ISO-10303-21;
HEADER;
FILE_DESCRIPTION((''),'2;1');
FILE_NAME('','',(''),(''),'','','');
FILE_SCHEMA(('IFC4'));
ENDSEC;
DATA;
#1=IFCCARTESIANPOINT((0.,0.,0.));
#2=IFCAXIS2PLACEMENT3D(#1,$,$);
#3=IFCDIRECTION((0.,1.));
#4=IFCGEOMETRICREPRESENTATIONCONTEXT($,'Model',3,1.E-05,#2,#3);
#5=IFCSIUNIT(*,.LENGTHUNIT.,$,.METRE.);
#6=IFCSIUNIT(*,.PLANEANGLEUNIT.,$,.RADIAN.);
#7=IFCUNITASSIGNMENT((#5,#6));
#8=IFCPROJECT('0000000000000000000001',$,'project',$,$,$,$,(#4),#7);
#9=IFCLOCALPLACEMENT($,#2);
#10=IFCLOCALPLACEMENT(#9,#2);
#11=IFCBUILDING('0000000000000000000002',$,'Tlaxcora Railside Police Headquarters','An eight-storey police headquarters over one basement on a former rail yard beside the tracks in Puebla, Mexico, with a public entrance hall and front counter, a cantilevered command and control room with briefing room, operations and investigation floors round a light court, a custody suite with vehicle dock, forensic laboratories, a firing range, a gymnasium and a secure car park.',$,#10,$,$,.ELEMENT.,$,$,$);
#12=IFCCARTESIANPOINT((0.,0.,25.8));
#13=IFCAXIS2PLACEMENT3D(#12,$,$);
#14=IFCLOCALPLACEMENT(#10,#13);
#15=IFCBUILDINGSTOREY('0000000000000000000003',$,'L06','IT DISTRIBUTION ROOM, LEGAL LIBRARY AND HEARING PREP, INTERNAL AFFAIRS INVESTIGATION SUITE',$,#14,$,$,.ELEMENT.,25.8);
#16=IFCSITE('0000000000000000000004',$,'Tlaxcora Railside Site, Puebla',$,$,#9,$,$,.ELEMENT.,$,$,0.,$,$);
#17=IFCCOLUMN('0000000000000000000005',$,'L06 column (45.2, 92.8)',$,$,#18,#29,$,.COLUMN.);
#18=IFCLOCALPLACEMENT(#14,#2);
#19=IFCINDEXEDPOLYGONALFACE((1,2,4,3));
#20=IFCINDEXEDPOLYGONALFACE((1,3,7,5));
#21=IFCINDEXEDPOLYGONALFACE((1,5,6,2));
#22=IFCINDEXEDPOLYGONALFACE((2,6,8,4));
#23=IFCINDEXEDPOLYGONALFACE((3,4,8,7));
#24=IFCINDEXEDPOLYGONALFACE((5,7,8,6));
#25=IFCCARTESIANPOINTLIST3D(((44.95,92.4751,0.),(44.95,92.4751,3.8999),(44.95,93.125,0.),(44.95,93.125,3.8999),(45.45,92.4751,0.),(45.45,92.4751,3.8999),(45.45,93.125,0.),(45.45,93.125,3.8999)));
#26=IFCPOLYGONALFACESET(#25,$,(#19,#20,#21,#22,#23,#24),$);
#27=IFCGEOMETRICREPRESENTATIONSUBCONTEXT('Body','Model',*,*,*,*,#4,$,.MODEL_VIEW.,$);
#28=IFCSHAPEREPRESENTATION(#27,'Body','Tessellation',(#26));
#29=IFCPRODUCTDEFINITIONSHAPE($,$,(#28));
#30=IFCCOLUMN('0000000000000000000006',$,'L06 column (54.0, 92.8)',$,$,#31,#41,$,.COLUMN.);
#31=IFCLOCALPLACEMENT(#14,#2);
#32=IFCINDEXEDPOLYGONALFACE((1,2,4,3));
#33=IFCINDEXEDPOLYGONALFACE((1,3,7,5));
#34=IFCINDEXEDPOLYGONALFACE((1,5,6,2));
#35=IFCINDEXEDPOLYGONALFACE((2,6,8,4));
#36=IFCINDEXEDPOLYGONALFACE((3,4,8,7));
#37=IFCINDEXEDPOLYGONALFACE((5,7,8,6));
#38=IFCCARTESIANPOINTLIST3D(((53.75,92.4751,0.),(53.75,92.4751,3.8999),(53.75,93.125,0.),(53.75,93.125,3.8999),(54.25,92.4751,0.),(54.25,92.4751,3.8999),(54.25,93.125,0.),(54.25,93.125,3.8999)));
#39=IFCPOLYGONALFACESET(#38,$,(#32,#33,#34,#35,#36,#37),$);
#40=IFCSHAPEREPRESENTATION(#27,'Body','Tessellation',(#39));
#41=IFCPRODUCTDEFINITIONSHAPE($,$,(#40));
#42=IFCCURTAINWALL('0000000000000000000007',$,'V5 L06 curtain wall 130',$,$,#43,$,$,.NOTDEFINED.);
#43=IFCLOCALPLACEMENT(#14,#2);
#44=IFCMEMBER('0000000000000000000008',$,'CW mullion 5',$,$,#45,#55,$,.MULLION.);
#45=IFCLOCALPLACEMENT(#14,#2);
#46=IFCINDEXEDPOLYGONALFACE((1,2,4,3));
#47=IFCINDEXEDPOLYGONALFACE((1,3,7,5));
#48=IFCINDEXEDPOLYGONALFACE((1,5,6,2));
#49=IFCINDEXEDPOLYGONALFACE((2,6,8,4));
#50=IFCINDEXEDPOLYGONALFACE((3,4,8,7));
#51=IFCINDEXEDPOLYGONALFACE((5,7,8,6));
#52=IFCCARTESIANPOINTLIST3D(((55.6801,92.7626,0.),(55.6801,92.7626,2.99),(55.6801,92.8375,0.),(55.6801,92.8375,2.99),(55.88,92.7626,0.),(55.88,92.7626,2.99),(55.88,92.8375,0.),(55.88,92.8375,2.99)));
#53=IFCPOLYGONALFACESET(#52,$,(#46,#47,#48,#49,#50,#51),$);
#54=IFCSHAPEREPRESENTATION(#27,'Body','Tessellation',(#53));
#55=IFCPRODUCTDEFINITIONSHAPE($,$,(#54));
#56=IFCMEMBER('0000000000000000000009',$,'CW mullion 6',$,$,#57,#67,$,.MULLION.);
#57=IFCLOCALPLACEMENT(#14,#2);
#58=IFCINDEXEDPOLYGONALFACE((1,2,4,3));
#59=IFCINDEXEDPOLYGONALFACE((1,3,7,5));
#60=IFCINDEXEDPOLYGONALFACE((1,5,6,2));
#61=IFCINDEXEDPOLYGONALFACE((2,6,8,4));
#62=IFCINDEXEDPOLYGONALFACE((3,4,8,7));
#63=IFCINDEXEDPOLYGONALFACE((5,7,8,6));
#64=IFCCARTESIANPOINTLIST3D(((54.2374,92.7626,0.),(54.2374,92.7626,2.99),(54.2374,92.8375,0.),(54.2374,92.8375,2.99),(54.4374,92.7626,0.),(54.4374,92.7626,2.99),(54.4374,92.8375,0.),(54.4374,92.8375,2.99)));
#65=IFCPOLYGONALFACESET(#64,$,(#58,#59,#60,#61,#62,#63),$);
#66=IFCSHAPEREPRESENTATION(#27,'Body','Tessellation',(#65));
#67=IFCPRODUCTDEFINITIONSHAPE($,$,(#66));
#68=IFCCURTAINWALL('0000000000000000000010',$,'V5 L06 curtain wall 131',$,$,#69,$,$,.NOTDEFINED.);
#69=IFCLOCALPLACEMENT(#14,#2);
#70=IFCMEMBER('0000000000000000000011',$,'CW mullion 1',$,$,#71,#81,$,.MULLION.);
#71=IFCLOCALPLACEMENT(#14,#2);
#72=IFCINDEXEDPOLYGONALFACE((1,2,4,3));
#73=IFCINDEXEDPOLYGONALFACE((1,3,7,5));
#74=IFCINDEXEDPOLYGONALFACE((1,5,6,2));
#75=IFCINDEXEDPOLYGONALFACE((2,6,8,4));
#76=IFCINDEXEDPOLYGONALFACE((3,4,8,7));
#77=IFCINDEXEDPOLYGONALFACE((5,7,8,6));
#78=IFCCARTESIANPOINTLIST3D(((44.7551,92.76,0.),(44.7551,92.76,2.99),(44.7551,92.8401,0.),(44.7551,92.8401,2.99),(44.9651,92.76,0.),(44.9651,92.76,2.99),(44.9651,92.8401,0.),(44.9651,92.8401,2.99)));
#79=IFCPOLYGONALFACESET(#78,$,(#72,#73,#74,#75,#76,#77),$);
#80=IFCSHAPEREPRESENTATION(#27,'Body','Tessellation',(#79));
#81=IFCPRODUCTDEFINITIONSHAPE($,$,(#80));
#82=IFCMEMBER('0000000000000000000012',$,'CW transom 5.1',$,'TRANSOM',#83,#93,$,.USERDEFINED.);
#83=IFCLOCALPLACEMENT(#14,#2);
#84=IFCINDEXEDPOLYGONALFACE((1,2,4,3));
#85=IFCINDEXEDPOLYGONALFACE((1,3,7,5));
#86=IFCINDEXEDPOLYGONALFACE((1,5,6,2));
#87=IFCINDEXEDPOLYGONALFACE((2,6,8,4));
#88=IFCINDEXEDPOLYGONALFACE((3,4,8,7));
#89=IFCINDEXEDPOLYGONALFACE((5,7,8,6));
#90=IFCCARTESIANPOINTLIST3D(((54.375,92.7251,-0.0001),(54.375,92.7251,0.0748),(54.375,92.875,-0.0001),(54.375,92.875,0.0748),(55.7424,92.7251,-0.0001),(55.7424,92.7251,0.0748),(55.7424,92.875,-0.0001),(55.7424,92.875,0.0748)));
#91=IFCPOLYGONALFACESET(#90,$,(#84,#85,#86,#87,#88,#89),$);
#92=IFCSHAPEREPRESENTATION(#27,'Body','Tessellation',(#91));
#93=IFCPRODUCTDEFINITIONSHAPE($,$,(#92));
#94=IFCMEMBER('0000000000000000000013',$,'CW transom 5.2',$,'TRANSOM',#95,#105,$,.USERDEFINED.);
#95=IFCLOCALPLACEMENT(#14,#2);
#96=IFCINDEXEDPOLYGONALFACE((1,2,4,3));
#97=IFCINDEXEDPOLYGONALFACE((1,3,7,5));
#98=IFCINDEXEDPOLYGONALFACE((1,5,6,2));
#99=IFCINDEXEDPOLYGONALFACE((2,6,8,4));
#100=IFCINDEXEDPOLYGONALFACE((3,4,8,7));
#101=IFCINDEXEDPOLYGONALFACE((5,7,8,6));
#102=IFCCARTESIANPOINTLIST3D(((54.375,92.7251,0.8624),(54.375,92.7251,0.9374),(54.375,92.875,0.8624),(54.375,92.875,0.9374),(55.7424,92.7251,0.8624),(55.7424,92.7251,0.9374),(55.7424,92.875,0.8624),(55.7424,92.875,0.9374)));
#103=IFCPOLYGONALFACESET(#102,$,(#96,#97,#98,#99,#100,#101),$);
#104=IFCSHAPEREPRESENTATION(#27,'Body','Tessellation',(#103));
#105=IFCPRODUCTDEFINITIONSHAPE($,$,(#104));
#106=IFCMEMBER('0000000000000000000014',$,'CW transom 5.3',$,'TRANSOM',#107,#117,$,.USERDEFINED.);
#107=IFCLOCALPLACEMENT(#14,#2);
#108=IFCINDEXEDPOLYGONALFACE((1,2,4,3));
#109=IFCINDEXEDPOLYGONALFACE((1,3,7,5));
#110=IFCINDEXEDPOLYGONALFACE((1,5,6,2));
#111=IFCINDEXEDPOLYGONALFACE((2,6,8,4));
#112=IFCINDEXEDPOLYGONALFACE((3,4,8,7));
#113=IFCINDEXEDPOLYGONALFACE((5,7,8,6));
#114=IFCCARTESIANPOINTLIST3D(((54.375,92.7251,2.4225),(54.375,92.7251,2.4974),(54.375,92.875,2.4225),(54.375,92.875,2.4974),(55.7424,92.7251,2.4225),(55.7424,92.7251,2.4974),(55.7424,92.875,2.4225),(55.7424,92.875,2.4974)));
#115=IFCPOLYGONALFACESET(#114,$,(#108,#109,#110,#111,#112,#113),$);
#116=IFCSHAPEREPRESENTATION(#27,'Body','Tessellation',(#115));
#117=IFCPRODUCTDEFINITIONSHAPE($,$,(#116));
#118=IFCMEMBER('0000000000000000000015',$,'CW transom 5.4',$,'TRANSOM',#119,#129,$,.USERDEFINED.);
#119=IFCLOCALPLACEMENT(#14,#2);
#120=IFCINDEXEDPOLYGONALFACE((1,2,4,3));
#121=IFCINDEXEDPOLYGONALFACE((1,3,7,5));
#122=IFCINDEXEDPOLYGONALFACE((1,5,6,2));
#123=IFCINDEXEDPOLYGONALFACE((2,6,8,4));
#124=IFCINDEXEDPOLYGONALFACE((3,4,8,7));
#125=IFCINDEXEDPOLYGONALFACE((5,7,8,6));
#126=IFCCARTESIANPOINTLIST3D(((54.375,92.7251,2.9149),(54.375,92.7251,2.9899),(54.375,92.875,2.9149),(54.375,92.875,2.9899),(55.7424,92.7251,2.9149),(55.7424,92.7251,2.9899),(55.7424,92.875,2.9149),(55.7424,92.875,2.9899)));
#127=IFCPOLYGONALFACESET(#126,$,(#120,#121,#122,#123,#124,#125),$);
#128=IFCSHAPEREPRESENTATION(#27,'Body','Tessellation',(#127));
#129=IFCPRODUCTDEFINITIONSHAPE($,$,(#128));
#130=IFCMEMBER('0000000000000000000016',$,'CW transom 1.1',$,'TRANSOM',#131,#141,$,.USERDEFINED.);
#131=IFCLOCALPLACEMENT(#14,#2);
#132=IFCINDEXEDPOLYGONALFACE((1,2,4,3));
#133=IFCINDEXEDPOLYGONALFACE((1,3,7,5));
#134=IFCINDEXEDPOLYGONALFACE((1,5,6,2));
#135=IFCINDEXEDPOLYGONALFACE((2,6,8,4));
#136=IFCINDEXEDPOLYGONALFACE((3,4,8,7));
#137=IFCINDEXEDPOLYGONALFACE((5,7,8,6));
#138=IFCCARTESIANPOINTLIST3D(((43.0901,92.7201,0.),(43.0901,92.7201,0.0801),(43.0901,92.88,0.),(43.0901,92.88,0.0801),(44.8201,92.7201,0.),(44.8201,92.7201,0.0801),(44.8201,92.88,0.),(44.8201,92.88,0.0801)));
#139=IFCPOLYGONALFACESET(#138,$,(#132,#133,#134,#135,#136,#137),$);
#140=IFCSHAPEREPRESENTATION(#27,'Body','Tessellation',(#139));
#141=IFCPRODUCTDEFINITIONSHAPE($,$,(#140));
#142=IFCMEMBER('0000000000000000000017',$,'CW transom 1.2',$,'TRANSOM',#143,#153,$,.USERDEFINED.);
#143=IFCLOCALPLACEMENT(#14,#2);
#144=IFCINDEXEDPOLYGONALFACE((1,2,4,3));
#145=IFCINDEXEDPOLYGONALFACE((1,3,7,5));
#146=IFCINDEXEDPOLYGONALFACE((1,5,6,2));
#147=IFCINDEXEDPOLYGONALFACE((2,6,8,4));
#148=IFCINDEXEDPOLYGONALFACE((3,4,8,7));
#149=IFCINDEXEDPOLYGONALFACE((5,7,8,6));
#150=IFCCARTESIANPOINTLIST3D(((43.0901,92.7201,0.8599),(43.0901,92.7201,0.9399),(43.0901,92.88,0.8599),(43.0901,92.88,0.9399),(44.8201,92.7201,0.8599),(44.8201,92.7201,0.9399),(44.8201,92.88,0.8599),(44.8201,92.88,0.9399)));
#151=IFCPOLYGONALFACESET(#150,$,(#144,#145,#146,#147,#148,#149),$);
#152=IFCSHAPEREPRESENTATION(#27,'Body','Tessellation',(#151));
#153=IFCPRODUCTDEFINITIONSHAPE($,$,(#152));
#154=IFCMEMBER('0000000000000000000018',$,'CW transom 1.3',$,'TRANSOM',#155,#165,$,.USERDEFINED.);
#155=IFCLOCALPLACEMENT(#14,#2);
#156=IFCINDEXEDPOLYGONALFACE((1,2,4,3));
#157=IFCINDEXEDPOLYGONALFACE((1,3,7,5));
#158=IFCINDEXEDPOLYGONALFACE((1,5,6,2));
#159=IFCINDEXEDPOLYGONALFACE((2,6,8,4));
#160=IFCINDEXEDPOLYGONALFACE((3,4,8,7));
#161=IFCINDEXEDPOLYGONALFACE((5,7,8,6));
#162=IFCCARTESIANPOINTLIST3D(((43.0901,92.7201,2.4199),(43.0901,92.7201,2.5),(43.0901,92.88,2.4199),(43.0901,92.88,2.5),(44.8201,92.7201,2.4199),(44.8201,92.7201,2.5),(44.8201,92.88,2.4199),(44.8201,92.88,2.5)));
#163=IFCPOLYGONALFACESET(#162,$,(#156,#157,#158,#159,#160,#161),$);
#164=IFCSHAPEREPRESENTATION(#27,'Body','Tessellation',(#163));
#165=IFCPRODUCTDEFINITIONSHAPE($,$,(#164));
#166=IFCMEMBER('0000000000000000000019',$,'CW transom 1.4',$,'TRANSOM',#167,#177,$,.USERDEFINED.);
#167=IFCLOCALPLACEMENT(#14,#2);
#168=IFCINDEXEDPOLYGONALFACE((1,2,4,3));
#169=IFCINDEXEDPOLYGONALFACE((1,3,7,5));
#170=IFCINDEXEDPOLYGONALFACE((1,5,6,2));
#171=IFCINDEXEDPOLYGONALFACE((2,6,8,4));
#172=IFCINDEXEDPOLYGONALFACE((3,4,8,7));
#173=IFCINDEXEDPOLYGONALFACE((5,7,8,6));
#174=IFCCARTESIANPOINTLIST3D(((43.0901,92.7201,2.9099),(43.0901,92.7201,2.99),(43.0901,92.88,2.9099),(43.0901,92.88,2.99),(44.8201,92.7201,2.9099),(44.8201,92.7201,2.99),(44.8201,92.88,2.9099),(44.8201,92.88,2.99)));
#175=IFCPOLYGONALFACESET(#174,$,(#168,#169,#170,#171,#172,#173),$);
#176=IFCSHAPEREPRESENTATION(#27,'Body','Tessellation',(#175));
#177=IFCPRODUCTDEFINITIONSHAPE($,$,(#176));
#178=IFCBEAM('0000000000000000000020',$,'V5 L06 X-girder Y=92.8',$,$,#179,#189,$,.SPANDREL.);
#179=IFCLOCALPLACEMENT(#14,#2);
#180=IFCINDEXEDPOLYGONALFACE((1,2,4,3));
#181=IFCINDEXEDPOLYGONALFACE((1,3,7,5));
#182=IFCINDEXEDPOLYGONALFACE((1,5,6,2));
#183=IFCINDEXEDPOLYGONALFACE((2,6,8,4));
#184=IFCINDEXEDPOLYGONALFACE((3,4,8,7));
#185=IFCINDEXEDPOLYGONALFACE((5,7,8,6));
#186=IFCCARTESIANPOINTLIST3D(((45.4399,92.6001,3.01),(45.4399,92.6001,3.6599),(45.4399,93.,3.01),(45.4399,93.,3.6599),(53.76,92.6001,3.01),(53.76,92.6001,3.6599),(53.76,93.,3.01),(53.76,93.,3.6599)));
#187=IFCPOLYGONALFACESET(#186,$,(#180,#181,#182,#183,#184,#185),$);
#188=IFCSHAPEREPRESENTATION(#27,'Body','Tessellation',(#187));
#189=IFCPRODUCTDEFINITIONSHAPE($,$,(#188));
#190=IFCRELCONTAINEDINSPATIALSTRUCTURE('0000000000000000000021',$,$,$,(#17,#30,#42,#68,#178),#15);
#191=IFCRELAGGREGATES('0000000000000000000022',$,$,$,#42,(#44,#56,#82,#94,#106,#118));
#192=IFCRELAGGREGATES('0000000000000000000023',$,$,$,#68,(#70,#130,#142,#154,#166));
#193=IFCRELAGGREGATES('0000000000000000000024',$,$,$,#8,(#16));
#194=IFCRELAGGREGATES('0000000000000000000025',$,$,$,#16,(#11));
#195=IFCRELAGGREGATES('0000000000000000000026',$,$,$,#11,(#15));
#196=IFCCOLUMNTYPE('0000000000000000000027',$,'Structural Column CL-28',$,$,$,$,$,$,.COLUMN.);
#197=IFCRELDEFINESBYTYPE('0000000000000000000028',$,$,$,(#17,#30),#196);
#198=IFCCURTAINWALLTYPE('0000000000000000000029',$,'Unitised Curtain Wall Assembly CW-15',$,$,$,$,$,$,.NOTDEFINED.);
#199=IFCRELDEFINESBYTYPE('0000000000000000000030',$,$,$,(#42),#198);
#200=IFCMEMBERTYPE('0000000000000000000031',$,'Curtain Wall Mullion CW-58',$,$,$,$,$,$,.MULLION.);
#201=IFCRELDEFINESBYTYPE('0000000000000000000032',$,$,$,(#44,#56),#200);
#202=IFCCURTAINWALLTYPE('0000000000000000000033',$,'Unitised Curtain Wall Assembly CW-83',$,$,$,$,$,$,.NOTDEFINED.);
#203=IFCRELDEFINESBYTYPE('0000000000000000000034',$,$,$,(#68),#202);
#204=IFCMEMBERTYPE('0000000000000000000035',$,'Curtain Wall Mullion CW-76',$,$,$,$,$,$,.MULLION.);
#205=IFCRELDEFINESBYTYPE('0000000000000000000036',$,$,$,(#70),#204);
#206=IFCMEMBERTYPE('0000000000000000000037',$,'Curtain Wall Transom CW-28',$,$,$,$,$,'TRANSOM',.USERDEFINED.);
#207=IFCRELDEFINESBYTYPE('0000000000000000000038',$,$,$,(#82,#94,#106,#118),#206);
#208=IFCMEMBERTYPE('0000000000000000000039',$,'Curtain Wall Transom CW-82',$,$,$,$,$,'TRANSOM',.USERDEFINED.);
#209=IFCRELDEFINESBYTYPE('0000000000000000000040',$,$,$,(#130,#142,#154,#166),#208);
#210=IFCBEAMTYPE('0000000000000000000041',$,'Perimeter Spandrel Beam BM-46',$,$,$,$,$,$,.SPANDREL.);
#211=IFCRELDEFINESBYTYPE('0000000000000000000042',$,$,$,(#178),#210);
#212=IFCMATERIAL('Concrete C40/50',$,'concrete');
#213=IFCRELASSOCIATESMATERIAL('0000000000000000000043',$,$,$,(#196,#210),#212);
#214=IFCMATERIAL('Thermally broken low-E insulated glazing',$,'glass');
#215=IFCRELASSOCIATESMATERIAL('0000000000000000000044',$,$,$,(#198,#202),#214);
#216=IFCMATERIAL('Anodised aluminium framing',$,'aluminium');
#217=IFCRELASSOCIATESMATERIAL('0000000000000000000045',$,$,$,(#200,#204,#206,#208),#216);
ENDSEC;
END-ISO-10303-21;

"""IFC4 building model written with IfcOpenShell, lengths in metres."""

from ifc_helpers import new_model, si_unit, direction, frame, origin, origin_2d, place, context, subcontext, project, spatial, rectangle, extrude, material, material_profile, profile_set, type_object, element, aggregate, save


model = new_model("IFC4")

# Units and contexts
model_context = context("Model", 3, precision=1e-05, world=origin(), true_north=direction((0.0, 1.0)))
body_context = subcontext(model_context, "Body", "Model", "MODEL_VIEW")
ifc_project = project(units=[si_unit("LENGTHUNIT", "METRE"), si_unit("PLANEANGLEUNIT", "RADIAN")], contexts=[model_context])

# Site, building, storey
site_placement = place(None, origin())
site = spatial("IfcSite", under=ifc_project, at=site_placement, Name="Tlaxcora Railside Site, Puebla", CompositionType="ELEMENT", RefElevation=0.0)
building_placement = place(site_placement, origin())
building = spatial("IfcBuilding", under=site, at=building_placement, Name="Tlaxcora Railside Police Headquarters", Description="An eight-storey police headquarters over one basement on a former rail yard beside the tracks in Puebla, Mexico, with a public entrance hall and front counter, a cantilevered command and control room with briefing room, operations and investigation floors round a light court, a custody suite with vehicle dock, forensic laboratories, a firing range, a gymnasium and a secure car park.", CompositionType="ELEMENT")
storey_placement = place(building_placement, frame((0.0, 0.0, 25.8)))
storey = spatial("IfcBuildingStorey", under=building, at=storey_placement, Name="L06", Description="IT DISTRIBUTION ROOM, LEGAL LIBRARY AND HEARING PREP, INTERNAL AFFAIRS INVESTIGATION SUITE", CompositionType="ELEMENT", Elevation=25.8)

# Columns
ifc_material_1 = material(Name="Concrete C40/50", Category="concrete")
ifc_material_profile_1 = material_profile(ifc_material_1, rectangle(XDim=0.5, YDim=0.6499, at=origin_2d()), Name="RC500X650")
ifc_profile_set_1 = profile_set([ifc_material_profile_1], Name="Concrete C40/50")
column_type = type_object("IfcColumnType", Name="Structural Column CL-28", PredefinedType="COLUMN", material=ifc_profile_set_1)
for number, where, z_axis, x_axis, name in (
    (1, (45.2, 92.8, 0.0), (0.0, 0.0, 1.0), (1.0, 0.0, 0.0), "L06 column (45.2, 92.8)"),
    (2, (54.0, 92.8, 0.0), (0.0, 0.0, 1.0), (1.0, 0.0, 0.0), "L06 column (54.0, 92.8)"),
):
    element("IfcColumn", number, at=place(storey_placement, frame(where, z_axis=z_axis, x_axis=x_axis)), inside=storey, type_object=column_type, Name=name, PredefinedType="COLUMN", context=body_context, shape_type="SweptSolid", body=[
        extrude(rectangle(XDim=0.5, YDim=0.6499, at=origin_2d()), origin(), (0.0, 0.0, 1.0), 3.8999),
    ])

# Curtain wall, members
ifc_material_2 = material(Name="Thermally broken low-E insulated glazing", Category="glass")
curtain_wall_type_1 = type_object("IfcCurtainWallType", Name="Unitised Curtain Wall Assembly CW-15", PredefinedType="NOTDEFINED", material=ifc_material_2)
curtain_wall_1_placement = place(storey_placement, origin())
curtain_wall_1 = element("IfcCurtainWall", 3, at=curtain_wall_1_placement, inside=storey, type_object=curtain_wall_type_1, Name="V5 L06 curtain wall 130", PredefinedType="NOTDEFINED")
ifc_material_3 = material(Name="Anodised aluminium framing", Category="aluminium")
ifc_material_profile_2 = material_profile(ifc_material_3, rectangle(XDim=0.075, YDim=0.2, at=origin_2d()), Name="AL75X200")
ifc_profile_set_2 = profile_set([ifc_material_profile_2], Name="Anodised aluminium framing")
member_type_1 = type_object("IfcMemberType", Name="Curtain Wall Mullion CW-58", PredefinedType="MULLION", material=ifc_profile_set_2)
member_1_placement = place(storey_placement, frame((55.78, 92.8, 0.0), z_axis=(0.0, 0.0, 1.0), x_axis=(0.0, -1.0, 0.0)))
member_1 = element("IfcMember", 4, at=member_1_placement, type_object=member_type_1, Name="CW mullion 5", PredefinedType="MULLION", context=body_context, shape_type="SweptSolid", body=[
    extrude(rectangle(XDim=0.075, YDim=0.2, at=origin_2d()), origin(), (0.0, 0.0, 1.0), 2.99),
])
member_2_placement = place(storey_placement, frame((54.3374, 92.8, 0.0), z_axis=(0.0, 0.0, 1.0), x_axis=(0.0, -1.0, 0.0)))
member_2 = element("IfcMember", 5, at=member_2_placement, type_object=member_type_1, Name="CW mullion 6", PredefinedType="MULLION", context=body_context, shape_type="SweptSolid", body=[
    extrude(rectangle(XDim=0.075, YDim=0.2, at=origin_2d()), origin(), (0.0, 0.0, 1.0), 2.99),
])

# Curtain wall, member
curtain_wall_type_2 = type_object("IfcCurtainWallType", Name="Unitised Curtain Wall Assembly CW-83", PredefinedType="NOTDEFINED", material=ifc_material_2)
curtain_wall_2_placement = place(storey_placement, origin())
curtain_wall_2 = element("IfcCurtainWall", 6, at=curtain_wall_2_placement, inside=storey, type_object=curtain_wall_type_2, Name="V5 L06 curtain wall 131", PredefinedType="NOTDEFINED")
ifc_material_profile_3 = material_profile(ifc_material_3, rectangle(XDim=0.0801, YDim=0.21, at=origin_2d()), Name="AL80X210")
ifc_profile_set_3 = profile_set([ifc_material_profile_3], Name="Anodised aluminium framing")
member_type_2 = type_object("IfcMemberType", Name="Curtain Wall Mullion CW-76", PredefinedType="MULLION", material=ifc_profile_set_3)
member_3_placement = place(storey_placement, frame((44.8601, 92.8, 0.0), z_axis=(0.0, 0.0, 1.0), x_axis=(0.0, -1.0, 0.0)))
member_3 = element("IfcMember", 7, at=member_3_placement, type_object=member_type_2, Name="CW mullion 1", PredefinedType="MULLION", context=body_context, shape_type="SweptSolid", body=[
    extrude(rectangle(XDim=0.0801, YDim=0.21, at=origin_2d()), origin(), (0.0, 0.0, 1.0), 2.99),
])

# Members
ifc_material_profile_4 = material_profile(ifc_material_3, rectangle(XDim=0.1499, YDim=0.075, at=origin_2d()), Name="AL75X150")
ifc_profile_set_4 = profile_set([ifc_material_profile_4], Name="Anodised aluminium framing")
member_type_3 = type_object("IfcMemberType", Name="Curtain Wall Transom CW-28", ElementType="TRANSOM", PredefinedType="USERDEFINED", material=ifc_profile_set_4)
member_4_placement = place(storey_placement, frame((55.7424, 92.8, 0.0374), z_axis=(-1.0, 0.0, 0.0), x_axis=(0.0, -1.0, 0.0)))
member_4 = element("IfcMember", 8, at=member_4_placement, type_object=member_type_3, Name="CW transom 5.1", ObjectType="TRANSOM", PredefinedType="USERDEFINED", context=body_context, shape_type="SweptSolid", body=[
    extrude(rectangle(XDim=0.1499, YDim=0.075, at=origin_2d()), origin(), (0.0, 0.0, 1.0), 1.3674),
])
member_5_placement = place(storey_placement, frame((55.7424, 92.8, 0.8999), z_axis=(-1.0, 0.0, 0.0), x_axis=(0.0, -1.0, 0.0)))
member_5 = element("IfcMember", 9, at=member_5_placement, type_object=member_type_3, Name="CW transom 5.2", ObjectType="TRANSOM", PredefinedType="USERDEFINED", context=body_context, shape_type="SweptSolid", body=[
    extrude(rectangle(XDim=0.1499, YDim=0.075, at=origin_2d()), origin(), (0.0, 0.0, 1.0), 1.3674),
])
member_6_placement = place(storey_placement, frame((55.7424, 92.8, 2.46), z_axis=(-1.0, 0.0, 0.0), x_axis=(0.0, -1.0, 0.0)))
member_6 = element("IfcMember", 10, at=member_6_placement, type_object=member_type_3, Name="CW transom 5.3", ObjectType="TRANSOM", PredefinedType="USERDEFINED", context=body_context, shape_type="SweptSolid", body=[
    extrude(rectangle(XDim=0.1499, YDim=0.075, at=origin_2d()), origin(), (0.0, 0.0, 1.0), 1.3674),
])
member_7_placement = place(storey_placement, frame((55.7424, 92.8, 2.9524), z_axis=(-1.0, 0.0, 0.0), x_axis=(0.0, -1.0, 0.0)))
member_7 = element("IfcMember", 11, at=member_7_placement, type_object=member_type_3, Name="CW transom 5.4", ObjectType="TRANSOM", PredefinedType="USERDEFINED", context=body_context, shape_type="SweptSolid", body=[
    extrude(rectangle(XDim=0.1499, YDim=0.075, at=origin_2d()), origin(), (0.0, 0.0, 1.0), 1.3674),
])
ifc_material_profile_5 = material_profile(ifc_material_3, rectangle(XDim=0.1599, YDim=0.0801, at=origin_2d()), Name="AL80X160")
ifc_profile_set_5 = profile_set([ifc_material_profile_5], Name="Anodised aluminium framing")
member_type_4 = type_object("IfcMemberType", Name="Curtain Wall Transom CW-82", ElementType="TRANSOM", PredefinedType="USERDEFINED", material=ifc_profile_set_5)
member_8_placement = place(storey_placement, frame((44.8201, 92.8, 0.04), z_axis=(-1.0, 0.0, 0.0), x_axis=(0.0, -1.0, 0.0)))
member_8 = element("IfcMember", 12, at=member_8_placement, type_object=member_type_4, Name="CW transom 1.1", ObjectType="TRANSOM", PredefinedType="USERDEFINED", context=body_context, shape_type="SweptSolid", body=[
    extrude(rectangle(XDim=0.1599, YDim=0.0801, at=origin_2d()), origin(), (0.0, 0.0, 1.0), 1.73),
])
member_9_placement = place(storey_placement, frame((44.8201, 92.8, 0.8999), z_axis=(-1.0, 0.0, 0.0), x_axis=(0.0, -1.0, 0.0)))
member_9 = element("IfcMember", 13, at=member_9_placement, type_object=member_type_4, Name="CW transom 1.2", ObjectType="TRANSOM", PredefinedType="USERDEFINED", context=body_context, shape_type="SweptSolid", body=[
    extrude(rectangle(XDim=0.1599, YDim=0.0801, at=origin_2d()), origin(), (0.0, 0.0, 1.0), 1.73),
])
member_10_placement = place(storey_placement, frame((44.8201, 92.8, 2.46), z_axis=(-1.0, 0.0, 0.0), x_axis=(0.0, -1.0, 0.0)))
member_10 = element("IfcMember", 14, at=member_10_placement, type_object=member_type_4, Name="CW transom 1.3", ObjectType="TRANSOM", PredefinedType="USERDEFINED", context=body_context, shape_type="SweptSolid", body=[
    extrude(rectangle(XDim=0.1599, YDim=0.0801, at=origin_2d()), origin(), (0.0, 0.0, 1.0), 1.73),
])
member_11_placement = place(storey_placement, frame((44.8201, 92.8, 2.95), z_axis=(-1.0, 0.0, 0.0), x_axis=(0.0, -1.0, 0.0)))
member_11 = element("IfcMember", 15, at=member_11_placement, type_object=member_type_4, Name="CW transom 1.4", ObjectType="TRANSOM", PredefinedType="USERDEFINED", context=body_context, shape_type="SweptSolid", body=[
    extrude(rectangle(XDim=0.1599, YDim=0.0801, at=origin_2d()), origin(), (0.0, 0.0, 1.0), 1.73),
])

# Beam
ifc_material_profile_6 = material_profile(ifc_material_1, rectangle(XDim=0.3999, YDim=0.6499, at=origin_2d()), Name="RC400X650")
ifc_profile_set_6 = profile_set([ifc_material_profile_6], Name="Concrete C40/50")
beam_type = type_object("IfcBeamType", Name="Perimeter Spandrel Beam BM-46", PredefinedType="SPANDREL", material=ifc_profile_set_6)
beam_1_placement = place(storey_placement, frame((45.4399, 92.8, 3.335), z_axis=(1.0, 0.0, 0.0), x_axis=(0.0, 1.0, 0.0)))
element("IfcBeam", 16, at=beam_1_placement, inside=storey, type_object=beam_type, Name="V5 L06 X-girder Y=92.8", PredefinedType="SPANDREL", context=body_context, shape_type="SweptSolid", body=[
    extrude(rectangle(XDim=0.3999, YDim=0.6499, at=origin_2d()), origin(), (0.0, 0.0, 1.0), 8.3201),
])

aggregate(curtain_wall_1, [member_1, member_2, member_4, member_5, member_6, member_7])
aggregate(curtain_wall_2, [member_3, member_8, member_9, member_10, member_11])

save(model, "model.ifc")
